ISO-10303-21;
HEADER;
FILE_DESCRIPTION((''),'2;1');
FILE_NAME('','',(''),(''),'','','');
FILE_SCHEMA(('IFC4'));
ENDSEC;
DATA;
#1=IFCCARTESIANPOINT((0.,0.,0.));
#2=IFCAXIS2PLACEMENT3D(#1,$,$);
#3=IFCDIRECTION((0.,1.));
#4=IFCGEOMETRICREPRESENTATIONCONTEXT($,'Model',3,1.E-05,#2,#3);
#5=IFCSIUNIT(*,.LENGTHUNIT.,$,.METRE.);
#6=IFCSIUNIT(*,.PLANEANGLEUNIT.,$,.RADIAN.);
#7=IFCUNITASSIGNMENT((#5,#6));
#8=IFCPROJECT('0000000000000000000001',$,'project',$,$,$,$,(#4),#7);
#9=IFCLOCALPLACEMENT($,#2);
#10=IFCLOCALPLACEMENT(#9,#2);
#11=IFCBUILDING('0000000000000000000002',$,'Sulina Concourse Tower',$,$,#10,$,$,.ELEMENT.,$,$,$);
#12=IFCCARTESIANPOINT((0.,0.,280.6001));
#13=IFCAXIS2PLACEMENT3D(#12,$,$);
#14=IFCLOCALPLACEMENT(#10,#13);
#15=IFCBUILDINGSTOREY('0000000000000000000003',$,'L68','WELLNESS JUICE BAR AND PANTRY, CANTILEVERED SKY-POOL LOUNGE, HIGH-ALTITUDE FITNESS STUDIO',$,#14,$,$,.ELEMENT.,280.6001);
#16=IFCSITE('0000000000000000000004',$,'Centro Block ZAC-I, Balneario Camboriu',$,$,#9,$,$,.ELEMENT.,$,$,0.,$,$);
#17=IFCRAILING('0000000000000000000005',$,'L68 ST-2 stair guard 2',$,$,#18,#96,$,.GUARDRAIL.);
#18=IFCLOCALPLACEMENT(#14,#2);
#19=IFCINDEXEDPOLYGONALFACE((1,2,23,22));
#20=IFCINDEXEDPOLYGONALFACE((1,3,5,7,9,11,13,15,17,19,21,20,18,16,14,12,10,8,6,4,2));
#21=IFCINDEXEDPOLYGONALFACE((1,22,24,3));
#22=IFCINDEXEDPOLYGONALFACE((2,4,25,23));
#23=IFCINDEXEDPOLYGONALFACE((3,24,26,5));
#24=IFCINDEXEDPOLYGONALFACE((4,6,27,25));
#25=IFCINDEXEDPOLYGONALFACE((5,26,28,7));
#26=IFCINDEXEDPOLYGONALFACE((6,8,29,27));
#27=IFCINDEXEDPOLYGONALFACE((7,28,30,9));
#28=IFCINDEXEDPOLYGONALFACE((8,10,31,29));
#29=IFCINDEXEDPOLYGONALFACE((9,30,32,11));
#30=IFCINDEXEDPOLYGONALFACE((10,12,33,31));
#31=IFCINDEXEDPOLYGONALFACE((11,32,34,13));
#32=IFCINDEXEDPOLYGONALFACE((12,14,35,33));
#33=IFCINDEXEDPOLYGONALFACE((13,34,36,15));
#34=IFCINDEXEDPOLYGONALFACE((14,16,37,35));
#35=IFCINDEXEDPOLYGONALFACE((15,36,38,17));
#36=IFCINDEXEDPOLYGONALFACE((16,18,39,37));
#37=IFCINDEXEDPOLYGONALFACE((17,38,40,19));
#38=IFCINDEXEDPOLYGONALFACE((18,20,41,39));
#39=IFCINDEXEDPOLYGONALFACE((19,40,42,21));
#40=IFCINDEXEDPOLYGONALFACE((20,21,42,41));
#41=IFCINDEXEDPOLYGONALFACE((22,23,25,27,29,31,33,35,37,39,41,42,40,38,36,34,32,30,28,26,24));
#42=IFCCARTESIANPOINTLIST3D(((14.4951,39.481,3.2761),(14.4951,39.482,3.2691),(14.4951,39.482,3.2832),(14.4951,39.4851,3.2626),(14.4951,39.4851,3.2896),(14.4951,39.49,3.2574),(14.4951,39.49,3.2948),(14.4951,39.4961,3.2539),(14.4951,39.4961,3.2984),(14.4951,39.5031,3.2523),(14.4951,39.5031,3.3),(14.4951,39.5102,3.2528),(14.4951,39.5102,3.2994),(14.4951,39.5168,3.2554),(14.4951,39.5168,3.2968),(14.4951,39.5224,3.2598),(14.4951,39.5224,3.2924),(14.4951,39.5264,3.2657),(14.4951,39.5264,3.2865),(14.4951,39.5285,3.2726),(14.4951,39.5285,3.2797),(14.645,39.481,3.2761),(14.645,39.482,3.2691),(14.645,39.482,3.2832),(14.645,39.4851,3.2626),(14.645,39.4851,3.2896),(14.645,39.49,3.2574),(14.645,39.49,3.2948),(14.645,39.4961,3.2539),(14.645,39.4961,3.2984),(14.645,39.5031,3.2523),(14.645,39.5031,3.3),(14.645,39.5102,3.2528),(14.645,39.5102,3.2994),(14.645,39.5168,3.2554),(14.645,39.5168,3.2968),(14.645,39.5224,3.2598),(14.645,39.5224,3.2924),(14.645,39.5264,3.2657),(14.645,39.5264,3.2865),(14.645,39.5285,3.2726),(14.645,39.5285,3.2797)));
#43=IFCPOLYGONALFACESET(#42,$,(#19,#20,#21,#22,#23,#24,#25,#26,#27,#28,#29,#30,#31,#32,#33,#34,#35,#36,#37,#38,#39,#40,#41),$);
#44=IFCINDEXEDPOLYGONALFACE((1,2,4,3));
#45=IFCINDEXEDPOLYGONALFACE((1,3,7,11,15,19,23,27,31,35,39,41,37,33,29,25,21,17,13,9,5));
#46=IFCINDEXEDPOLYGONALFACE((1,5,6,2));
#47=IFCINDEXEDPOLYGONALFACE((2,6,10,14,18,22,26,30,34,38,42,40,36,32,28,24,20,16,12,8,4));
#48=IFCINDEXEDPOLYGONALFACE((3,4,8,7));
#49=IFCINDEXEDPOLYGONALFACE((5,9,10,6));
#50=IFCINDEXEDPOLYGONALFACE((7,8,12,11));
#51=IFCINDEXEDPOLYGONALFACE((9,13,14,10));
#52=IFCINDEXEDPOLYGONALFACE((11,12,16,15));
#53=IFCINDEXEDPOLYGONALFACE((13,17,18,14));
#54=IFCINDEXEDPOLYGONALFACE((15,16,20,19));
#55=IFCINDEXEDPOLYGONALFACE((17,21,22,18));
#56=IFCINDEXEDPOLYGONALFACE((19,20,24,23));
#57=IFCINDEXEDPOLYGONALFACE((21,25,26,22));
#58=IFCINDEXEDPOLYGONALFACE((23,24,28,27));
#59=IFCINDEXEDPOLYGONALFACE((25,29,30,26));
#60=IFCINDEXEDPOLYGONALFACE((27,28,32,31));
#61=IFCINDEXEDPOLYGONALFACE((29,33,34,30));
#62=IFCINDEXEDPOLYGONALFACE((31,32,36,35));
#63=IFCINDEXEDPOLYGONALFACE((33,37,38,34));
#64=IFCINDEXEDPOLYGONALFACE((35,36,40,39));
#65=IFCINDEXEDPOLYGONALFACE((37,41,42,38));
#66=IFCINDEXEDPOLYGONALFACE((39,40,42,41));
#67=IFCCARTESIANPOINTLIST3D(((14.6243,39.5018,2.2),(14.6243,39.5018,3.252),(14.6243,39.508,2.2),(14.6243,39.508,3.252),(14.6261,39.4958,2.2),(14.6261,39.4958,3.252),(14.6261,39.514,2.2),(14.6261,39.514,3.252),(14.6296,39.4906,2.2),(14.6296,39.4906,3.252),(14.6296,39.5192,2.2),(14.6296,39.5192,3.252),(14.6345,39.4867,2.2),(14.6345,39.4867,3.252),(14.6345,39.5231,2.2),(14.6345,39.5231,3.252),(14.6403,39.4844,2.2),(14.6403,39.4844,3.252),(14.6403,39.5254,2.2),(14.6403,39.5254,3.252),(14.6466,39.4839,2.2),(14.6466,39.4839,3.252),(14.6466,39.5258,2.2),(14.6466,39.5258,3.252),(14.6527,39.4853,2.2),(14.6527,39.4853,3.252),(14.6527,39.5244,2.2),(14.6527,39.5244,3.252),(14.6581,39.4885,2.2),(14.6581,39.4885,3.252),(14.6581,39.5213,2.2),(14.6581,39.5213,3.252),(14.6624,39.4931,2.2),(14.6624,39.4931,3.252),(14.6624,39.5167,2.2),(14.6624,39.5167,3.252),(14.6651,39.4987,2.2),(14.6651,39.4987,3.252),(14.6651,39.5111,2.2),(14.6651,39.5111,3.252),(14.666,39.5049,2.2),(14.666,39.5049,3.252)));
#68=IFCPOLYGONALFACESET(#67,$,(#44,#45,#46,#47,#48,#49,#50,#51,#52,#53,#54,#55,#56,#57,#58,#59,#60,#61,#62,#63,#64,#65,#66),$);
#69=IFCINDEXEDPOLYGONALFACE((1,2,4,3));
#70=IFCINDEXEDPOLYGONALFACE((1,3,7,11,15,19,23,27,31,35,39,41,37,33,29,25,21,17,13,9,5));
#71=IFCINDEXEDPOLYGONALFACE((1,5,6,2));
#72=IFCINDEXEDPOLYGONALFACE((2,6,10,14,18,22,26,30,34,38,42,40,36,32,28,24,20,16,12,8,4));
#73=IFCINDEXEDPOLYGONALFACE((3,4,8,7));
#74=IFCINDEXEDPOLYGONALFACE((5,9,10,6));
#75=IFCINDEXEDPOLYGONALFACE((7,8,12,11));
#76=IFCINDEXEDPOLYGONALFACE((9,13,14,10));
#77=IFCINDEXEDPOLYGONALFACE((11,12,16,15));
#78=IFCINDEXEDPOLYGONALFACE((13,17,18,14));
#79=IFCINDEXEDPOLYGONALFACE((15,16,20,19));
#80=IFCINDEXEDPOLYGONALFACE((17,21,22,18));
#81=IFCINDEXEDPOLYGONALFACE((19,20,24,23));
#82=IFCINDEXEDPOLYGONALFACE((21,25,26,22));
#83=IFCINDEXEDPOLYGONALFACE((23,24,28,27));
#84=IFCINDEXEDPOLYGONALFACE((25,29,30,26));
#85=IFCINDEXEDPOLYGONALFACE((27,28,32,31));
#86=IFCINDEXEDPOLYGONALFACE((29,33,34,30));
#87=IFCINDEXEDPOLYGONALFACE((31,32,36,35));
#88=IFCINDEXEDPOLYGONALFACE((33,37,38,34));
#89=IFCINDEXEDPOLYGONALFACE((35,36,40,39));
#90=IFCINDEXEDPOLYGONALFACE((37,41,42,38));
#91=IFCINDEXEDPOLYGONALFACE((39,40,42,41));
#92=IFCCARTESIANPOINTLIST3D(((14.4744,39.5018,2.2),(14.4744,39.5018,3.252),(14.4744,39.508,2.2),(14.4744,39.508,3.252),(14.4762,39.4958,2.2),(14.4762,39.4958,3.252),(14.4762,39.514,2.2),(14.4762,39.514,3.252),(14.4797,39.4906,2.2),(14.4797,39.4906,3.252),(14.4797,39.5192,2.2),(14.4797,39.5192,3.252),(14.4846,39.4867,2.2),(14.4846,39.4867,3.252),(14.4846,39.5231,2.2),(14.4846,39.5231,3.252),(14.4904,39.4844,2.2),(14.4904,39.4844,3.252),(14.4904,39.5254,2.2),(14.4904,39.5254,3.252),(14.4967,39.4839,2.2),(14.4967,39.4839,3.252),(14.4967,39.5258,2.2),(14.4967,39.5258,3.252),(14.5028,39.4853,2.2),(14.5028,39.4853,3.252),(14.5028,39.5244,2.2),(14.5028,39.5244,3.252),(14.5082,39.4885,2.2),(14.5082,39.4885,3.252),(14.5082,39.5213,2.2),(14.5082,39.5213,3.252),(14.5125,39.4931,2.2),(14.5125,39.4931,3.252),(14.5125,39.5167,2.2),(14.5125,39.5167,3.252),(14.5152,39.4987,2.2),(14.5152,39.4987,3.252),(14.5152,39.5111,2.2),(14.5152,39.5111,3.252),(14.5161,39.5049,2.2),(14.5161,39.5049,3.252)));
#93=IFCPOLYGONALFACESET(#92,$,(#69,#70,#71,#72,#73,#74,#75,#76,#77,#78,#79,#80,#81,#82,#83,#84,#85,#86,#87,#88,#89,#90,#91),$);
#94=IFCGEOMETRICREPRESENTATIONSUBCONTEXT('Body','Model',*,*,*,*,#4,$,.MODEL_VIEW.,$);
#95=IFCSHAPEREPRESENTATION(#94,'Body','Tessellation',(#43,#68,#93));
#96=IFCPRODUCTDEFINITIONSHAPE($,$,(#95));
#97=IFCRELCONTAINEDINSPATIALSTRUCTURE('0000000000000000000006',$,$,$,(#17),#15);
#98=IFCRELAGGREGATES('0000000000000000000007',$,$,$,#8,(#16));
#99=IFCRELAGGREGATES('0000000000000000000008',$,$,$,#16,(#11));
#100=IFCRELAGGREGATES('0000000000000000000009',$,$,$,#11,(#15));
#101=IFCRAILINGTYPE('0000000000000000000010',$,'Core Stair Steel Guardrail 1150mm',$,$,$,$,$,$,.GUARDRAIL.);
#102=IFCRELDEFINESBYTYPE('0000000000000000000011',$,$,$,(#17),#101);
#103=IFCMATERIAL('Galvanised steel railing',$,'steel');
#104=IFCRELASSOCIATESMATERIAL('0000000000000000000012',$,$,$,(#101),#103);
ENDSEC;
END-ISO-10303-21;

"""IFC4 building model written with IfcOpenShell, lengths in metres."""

from ifc_helpers import new_model, si_unit, direction, frame, origin, origin_2d, place, context, subcontext, project, spatial, circle, extrude, material, type_object, element, save


model = new_model("IFC4")

# Units and contexts
model_context = context("Model", 3, precision=1e-05, world=origin(), true_north=direction((0.0, 1.0)))
body_context = subcontext(model_context, "Body", "Model", "MODEL_VIEW")
ifc_project = project(units=[si_unit("LENGTHUNIT", "METRE"), si_unit("PLANEANGLEUNIT", "RADIAN")], contexts=[model_context])

# Site, building, storey
site_placement = place(None, origin())
site = spatial("IfcSite", under=ifc_project, at=site_placement, Name="Centro Block ZAC-I, Balneario Camboriu", CompositionType="ELEMENT", RefElevation=0.0)
building_placement = place(site_placement, origin())
building = spatial("IfcBuilding", under=site, at=building_placement, Name="Sulina Concourse Tower", CompositionType="ELEMENT")
storey_placement = place(building_placement, frame((0.0, 0.0, 280.6001)))
storey = spatial("IfcBuildingStorey", under=building, at=storey_placement, Name="L68", Description="WELLNESS JUICE BAR AND PANTRY, CANTILEVERED SKY-POOL LOUNGE, HIGH-ALTITUDE FITNESS STUDIO", CompositionType="ELEMENT", Elevation=280.6001)

# Railing
ifc_material_1 = material(Name="Galvanised steel railing", Category="steel")
railing_type_1 = type_object("IfcRailingType", Name="Core Stair Steel Guardrail 1150mm", PredefinedType="GUARDRAIL", material=ifc_material_1)
railing_1_placement = place(storey_placement, frame((14.645, 39.5049, 2.2)))
element("IfcRailing", 1, at=railing_1_placement, inside=storey, type_object=railing_type_1, Name="L68 ST-2 stair guard 2", PredefinedType="GUARDRAIL", context=body_context, shape_type="SweptSolid", body=[
    extrude(circle(Radius=0.0239, at=origin_2d()), frame((0.0, 0.0, 1.0762), z_axis=(-1.0, 0.0, 0.0), x_axis=(0.0, -1.0, 0.0)), (0.0, 0.0, 1.0), 0.1499),
    extrude(circle(Radius=0.021, at=origin_2d()), origin(), (0.0, 0.0, 1.0), 1.052),
    extrude(circle(Radius=0.021, at=origin_2d()), frame((-0.1499, 0.0, 0.0)), (0.0, 0.0, 1.0), 1.052),
])

save(model, "model.ifc")
